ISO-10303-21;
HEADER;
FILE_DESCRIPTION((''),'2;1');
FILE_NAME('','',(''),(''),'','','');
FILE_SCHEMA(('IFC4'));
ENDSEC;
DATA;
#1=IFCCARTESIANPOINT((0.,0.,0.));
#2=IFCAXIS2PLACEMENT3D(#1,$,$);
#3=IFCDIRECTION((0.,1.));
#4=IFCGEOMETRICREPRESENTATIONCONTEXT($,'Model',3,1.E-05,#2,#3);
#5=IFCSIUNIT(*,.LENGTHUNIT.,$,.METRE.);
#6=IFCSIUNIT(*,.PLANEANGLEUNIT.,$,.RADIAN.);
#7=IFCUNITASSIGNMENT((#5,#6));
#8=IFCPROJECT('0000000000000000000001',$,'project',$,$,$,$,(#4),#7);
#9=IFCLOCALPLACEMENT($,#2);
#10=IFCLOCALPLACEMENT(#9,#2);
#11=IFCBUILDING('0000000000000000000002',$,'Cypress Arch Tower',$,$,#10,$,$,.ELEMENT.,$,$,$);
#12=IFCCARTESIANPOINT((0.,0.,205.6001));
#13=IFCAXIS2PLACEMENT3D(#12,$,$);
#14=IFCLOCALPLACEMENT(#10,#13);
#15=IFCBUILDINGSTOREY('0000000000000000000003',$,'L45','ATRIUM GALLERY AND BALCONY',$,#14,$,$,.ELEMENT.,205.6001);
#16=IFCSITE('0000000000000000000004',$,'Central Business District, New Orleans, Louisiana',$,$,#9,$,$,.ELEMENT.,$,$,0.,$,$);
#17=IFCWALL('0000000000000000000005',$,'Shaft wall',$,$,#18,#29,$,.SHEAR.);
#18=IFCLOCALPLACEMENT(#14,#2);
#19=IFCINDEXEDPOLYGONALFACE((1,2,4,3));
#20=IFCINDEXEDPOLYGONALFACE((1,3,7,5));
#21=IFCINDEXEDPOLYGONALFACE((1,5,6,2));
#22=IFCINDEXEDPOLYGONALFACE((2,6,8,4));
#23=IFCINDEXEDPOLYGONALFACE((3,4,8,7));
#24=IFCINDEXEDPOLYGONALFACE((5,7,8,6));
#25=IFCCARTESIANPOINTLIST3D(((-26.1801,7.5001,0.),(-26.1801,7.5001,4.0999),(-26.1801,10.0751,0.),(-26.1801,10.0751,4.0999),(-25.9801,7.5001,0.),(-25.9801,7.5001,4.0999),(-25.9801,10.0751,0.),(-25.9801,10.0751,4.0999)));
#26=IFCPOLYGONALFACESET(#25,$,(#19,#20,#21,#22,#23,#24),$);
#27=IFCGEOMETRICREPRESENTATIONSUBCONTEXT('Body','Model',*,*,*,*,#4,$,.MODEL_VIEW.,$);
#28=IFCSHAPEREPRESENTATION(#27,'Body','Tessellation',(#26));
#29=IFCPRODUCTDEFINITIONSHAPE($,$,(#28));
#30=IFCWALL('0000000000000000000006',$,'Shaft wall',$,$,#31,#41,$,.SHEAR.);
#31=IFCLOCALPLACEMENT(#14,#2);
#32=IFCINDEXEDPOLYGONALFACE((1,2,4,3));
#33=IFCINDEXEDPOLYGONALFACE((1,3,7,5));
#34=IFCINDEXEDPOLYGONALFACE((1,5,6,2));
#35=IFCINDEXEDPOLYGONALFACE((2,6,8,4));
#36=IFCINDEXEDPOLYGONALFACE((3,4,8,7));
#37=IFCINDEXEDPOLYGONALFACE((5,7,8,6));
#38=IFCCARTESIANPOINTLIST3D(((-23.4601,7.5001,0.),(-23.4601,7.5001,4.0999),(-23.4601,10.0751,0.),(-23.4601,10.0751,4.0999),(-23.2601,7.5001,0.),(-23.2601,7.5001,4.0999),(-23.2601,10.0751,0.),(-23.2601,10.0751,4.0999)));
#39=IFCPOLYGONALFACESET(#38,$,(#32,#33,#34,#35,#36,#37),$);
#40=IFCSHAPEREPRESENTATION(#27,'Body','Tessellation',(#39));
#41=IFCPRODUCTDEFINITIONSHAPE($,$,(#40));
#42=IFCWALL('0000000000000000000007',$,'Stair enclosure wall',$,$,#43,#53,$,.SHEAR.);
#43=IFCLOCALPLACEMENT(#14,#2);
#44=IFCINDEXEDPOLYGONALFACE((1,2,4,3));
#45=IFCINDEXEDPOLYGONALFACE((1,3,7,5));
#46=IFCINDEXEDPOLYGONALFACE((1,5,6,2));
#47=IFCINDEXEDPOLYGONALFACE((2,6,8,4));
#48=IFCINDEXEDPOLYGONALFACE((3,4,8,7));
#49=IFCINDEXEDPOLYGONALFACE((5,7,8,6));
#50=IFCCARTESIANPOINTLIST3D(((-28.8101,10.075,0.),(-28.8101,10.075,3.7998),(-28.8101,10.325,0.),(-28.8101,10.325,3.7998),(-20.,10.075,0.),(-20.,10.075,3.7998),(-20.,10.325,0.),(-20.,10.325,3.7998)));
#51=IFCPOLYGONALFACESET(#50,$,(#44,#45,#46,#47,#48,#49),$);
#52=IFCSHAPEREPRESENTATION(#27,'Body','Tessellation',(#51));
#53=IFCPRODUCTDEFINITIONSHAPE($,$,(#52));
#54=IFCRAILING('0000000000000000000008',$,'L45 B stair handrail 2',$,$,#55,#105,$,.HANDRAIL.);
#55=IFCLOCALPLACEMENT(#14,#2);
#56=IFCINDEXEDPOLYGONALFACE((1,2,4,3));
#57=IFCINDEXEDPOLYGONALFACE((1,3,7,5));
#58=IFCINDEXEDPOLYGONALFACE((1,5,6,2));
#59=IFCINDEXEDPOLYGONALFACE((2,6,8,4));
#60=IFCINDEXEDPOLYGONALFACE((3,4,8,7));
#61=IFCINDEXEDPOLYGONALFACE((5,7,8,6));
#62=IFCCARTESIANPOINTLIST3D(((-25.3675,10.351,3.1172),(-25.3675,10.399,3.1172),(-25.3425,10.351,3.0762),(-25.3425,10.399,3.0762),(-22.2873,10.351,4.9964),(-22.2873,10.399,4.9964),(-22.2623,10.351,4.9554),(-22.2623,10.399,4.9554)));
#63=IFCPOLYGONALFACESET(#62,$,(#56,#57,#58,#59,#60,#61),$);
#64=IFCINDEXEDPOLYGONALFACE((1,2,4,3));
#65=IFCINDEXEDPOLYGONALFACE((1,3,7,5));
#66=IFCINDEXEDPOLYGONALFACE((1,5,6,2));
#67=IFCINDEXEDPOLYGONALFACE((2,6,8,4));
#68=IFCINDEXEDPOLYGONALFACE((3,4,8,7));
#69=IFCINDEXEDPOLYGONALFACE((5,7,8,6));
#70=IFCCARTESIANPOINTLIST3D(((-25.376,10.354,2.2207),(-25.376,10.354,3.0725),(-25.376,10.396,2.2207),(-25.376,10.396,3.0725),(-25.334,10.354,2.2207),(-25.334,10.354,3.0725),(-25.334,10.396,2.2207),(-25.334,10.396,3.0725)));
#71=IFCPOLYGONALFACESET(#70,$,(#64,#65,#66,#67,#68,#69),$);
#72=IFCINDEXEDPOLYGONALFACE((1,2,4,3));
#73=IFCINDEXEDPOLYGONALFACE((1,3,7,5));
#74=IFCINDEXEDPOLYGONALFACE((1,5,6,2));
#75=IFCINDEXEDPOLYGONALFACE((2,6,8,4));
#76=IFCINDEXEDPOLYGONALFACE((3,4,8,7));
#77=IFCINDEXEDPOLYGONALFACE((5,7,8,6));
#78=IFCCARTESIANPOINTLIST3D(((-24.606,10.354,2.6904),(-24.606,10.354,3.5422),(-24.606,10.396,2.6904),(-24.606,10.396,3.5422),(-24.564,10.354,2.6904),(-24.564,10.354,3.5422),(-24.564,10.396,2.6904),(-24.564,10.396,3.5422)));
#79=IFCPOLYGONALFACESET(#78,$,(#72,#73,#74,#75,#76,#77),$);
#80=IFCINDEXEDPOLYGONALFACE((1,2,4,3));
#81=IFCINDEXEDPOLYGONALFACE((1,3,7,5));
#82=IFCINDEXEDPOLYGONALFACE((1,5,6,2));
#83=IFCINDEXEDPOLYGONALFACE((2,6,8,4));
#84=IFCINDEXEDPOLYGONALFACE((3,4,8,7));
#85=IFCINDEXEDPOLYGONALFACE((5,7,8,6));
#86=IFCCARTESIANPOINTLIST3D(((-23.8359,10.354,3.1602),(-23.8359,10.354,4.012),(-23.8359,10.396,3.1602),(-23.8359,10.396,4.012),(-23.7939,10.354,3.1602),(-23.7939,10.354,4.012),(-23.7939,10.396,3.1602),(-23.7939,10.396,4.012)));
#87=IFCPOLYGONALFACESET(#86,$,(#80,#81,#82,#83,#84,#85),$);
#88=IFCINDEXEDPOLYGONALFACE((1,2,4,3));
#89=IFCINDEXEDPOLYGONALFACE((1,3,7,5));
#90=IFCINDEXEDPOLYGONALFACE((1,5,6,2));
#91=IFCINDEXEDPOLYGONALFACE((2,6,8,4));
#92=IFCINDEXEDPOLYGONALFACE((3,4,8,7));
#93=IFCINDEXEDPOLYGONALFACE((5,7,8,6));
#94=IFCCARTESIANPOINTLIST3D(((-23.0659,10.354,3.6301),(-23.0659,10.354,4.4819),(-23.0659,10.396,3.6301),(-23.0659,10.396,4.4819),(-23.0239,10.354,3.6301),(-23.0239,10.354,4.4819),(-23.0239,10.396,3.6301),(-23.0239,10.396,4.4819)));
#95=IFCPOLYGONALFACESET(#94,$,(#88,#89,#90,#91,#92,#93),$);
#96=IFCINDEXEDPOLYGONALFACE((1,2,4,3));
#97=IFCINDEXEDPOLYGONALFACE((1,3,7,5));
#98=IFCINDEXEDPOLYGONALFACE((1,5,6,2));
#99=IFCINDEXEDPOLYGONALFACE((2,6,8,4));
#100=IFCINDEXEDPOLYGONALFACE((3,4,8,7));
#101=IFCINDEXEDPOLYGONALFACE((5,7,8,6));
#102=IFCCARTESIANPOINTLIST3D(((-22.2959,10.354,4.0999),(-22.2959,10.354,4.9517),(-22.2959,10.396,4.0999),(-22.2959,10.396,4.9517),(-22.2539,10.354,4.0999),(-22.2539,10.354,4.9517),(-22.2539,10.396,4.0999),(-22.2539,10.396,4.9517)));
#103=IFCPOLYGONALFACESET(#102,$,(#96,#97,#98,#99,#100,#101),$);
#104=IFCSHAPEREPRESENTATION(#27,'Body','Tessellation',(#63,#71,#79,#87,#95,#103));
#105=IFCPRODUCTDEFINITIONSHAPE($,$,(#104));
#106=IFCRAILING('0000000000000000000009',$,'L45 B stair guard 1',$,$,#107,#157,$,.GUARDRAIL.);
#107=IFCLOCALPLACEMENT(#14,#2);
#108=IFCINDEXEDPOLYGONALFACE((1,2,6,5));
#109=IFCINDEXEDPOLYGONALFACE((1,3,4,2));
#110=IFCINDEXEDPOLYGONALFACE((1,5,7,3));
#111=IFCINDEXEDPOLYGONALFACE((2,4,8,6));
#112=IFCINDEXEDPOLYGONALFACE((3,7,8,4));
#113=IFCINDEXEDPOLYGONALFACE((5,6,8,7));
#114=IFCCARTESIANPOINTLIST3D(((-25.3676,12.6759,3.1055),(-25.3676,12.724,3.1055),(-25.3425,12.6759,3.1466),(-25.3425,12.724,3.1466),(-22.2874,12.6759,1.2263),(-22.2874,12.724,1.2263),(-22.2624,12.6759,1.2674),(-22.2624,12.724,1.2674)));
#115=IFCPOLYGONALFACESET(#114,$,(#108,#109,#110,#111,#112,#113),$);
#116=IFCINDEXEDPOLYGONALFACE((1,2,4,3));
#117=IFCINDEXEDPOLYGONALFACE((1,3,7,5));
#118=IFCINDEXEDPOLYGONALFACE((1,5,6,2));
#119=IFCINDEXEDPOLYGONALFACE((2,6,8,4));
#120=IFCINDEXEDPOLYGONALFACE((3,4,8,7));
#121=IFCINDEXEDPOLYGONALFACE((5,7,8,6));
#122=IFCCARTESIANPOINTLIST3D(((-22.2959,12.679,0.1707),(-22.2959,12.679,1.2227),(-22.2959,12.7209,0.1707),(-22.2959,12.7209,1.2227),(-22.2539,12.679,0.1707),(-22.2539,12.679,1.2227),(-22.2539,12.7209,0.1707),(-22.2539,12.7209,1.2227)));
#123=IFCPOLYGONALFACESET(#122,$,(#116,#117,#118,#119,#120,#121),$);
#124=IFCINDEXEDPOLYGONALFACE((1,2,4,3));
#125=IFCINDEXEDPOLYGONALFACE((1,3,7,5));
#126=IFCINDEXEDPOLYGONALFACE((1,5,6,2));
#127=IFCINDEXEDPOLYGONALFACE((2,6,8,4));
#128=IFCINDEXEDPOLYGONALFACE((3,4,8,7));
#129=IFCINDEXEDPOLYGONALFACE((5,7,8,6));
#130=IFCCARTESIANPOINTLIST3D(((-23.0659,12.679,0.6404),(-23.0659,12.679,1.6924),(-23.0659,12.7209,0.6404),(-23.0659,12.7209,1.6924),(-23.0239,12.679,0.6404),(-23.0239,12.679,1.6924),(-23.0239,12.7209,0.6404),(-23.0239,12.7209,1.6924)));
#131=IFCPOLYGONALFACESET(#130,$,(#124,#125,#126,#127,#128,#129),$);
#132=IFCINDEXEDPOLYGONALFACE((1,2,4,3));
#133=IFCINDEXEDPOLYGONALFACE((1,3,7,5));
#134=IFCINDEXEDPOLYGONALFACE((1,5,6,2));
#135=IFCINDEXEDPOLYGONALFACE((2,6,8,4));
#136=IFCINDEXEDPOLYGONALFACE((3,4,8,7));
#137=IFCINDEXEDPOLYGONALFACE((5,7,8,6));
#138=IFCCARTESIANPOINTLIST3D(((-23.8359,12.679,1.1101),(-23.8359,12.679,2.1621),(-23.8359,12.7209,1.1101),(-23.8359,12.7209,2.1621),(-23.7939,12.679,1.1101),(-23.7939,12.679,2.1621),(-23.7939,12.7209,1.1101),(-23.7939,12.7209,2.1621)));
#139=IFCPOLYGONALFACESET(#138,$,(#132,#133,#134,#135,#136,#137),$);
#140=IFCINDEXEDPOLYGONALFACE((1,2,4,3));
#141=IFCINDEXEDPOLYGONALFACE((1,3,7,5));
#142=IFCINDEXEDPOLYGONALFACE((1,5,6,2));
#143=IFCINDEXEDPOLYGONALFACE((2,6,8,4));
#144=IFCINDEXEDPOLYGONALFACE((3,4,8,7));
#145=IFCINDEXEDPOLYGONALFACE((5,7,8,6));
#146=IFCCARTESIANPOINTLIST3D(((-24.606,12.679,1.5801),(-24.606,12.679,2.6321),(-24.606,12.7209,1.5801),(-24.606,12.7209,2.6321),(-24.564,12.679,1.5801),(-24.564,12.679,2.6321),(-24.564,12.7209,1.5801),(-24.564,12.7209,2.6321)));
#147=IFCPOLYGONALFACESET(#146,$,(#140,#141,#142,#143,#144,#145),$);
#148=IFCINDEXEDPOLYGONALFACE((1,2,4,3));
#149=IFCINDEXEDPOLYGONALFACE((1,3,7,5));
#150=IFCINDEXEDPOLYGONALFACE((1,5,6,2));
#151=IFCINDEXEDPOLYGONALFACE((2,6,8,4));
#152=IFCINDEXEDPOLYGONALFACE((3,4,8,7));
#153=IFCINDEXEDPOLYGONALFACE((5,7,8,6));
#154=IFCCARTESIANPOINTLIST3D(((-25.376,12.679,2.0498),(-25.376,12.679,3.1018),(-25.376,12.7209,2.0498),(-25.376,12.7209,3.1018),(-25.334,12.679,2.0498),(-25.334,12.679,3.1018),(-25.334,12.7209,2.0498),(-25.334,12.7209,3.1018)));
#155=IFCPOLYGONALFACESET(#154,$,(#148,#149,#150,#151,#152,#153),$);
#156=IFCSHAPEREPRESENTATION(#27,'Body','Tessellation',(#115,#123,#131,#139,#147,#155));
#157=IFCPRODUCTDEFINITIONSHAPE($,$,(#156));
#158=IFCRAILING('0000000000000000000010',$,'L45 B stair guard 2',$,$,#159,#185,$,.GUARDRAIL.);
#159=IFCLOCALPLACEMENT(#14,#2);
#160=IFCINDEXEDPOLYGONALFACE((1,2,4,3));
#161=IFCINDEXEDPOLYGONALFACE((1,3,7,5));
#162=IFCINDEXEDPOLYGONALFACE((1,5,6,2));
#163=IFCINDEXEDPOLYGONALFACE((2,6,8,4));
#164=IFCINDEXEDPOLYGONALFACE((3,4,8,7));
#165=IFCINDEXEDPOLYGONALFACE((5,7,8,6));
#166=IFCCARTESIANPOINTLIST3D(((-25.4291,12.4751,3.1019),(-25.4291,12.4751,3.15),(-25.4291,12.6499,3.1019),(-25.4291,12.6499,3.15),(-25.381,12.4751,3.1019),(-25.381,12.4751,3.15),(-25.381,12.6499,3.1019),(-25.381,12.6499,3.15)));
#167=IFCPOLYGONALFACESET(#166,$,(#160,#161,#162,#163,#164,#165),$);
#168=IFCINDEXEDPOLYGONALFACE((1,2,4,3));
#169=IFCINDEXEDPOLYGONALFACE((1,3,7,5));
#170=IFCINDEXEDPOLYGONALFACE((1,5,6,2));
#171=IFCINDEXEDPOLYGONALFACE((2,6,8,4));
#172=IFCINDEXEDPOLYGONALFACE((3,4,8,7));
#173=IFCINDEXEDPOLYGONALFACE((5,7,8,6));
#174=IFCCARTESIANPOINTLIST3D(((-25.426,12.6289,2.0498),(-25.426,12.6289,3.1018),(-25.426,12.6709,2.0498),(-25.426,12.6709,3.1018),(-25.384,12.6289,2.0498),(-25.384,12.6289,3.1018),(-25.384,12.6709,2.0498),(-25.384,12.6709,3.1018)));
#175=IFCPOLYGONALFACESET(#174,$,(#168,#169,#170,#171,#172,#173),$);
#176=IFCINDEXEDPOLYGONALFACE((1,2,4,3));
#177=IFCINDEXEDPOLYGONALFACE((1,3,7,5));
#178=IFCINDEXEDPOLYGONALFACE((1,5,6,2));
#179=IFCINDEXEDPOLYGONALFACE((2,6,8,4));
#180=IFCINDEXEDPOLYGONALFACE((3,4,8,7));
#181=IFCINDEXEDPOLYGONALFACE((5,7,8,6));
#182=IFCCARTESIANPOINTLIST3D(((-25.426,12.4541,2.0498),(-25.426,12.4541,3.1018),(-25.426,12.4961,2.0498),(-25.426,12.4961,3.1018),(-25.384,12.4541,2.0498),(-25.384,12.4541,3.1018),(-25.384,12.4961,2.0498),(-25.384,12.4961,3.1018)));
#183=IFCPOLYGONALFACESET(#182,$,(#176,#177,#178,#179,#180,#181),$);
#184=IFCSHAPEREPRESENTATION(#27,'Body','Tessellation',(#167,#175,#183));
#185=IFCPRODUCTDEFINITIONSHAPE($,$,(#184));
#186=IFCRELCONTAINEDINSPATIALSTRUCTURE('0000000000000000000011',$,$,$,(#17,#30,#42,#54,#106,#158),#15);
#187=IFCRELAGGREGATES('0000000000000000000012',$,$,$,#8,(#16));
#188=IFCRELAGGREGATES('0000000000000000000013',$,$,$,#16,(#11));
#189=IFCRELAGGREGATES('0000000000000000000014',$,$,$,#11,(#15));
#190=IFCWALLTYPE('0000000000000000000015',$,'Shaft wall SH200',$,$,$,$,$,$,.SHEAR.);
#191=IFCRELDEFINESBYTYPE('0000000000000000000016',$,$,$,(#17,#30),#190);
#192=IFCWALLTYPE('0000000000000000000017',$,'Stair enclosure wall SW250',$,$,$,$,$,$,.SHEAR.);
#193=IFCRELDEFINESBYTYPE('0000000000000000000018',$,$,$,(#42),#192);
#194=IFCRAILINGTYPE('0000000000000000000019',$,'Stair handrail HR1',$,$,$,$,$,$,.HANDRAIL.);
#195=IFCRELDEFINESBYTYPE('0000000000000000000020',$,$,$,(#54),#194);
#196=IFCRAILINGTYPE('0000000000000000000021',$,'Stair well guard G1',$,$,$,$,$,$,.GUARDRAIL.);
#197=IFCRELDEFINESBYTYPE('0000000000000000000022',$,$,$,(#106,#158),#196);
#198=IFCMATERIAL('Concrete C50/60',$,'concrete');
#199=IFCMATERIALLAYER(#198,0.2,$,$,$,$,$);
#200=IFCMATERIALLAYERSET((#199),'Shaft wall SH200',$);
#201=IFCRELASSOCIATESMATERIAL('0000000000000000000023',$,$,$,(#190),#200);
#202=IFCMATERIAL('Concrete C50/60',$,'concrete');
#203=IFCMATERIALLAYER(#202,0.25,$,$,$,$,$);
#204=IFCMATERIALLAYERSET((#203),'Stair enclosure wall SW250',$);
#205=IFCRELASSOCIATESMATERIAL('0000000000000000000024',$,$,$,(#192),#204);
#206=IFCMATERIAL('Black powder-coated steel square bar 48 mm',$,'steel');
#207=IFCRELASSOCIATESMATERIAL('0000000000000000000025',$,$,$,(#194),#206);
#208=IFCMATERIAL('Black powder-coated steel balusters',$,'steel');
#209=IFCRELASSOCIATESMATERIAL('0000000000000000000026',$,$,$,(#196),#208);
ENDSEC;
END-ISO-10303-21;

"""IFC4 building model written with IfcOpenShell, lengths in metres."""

from ifc_helpers import new_model, si_unit, direction, frame, frame_2d, origin, origin_2d, place, context, subcontext, project, spatial, rectangle, extrude, material, layer, layer_set, type_object, element, save


model = new_model("IFC4")

# Units and contexts
model_context = context("Model", 3, precision=1e-05, world=origin(), true_north=direction((0.0, 1.0)))
body_context = subcontext(model_context, "Body", "Model", "MODEL_VIEW")
ifc_project = project(units=[si_unit("LENGTHUNIT", "METRE"), si_unit("PLANEANGLEUNIT", "RADIAN")], contexts=[model_context])

# Site, building, storey
site_placement = place(None, origin())
site = spatial("IfcSite", under=ifc_project, at=site_placement, Name="Central Business District, New Orleans, Louisiana", CompositionType="ELEMENT", RefElevation=0.0)
building_placement = place(site_placement, origin())
building = spatial("IfcBuilding", under=site, at=building_placement, Name="Cypress Arch Tower", CompositionType="ELEMENT")
storey_placement = place(building_placement, frame((0.0, 0.0, 205.6001)))
storey = spatial("IfcBuildingStorey", under=building, at=storey_placement, Name="L45", Description="ATRIUM GALLERY AND BALCONY", CompositionType="ELEMENT", Elevation=205.6001)

# Shared definitions
ifc_material_1 = material(Name="Concrete C50/60", Category="concrete")
ifc_layer_1 = layer(ifc_material_1, 0.2)
ifc_layer_set_1 = layer_set([ifc_layer_1], Name="Shaft wall SH200")
wall_type_1 = type_object("IfcWallType", Name="Shaft wall SH200", PredefinedType="SHEAR", material=ifc_layer_set_1)

# Walls
for number, where, z_axis, x_axis, name in (
    (1, (-26.0801, 7.5, 0.0), (0.0, 0.0, 1.0), (0.0, 1.0, 0.0), "Shaft wall"),
    (2, (-23.3601, 7.5, 0.0), (0.0, 0.0, 1.0), (0.0, 1.0, 0.0), "Shaft wall"),
):
    element("IfcWall", number, at=place(storey_placement, frame(where, z_axis=z_axis, x_axis=x_axis)), inside=storey, type_object=wall_type_1, Name=name, PredefinedType="SHEAR", context=body_context, shape_type="SweptSolid", body=[
        extrude(rectangle(XDim=2.575, YDim=0.2, at=frame_2d((1.2876, 0.0))), origin(), (0.0, 0.0, 1.0), 4.0999),
    ])
ifc_material_2 = material(Name="Concrete C50/60", Category="concrete")
ifc_layer_2 = layer(ifc_material_2, 0.25)
ifc_layer_set_2 = layer_set([ifc_layer_2], Name="Stair enclosure wall SW250")
wall_type_2 = type_object("IfcWallType", Name="Stair enclosure wall SW250", PredefinedType="SHEAR", material=ifc_layer_set_2)
wall_1_placement = place(storey_placement, frame((-28.8101, 10.2, 0.0), z_axis=(0.0, 0.0, 1.0), x_axis=(1.0, 0.0, 0.0)))
element("IfcWall", 3, at=wall_1_placement, inside=storey, type_object=wall_type_2, Name="Stair enclosure wall", PredefinedType="SHEAR", context=body_context, shape_type="SweptSolid", body=[
    extrude(rectangle(XDim=8.8101, YDim=0.25, at=frame_2d((4.405, 0.0))), origin(), (0.0, 0.0, 1.0), 3.7998),
])

# Railings
ifc_material_3 = material(Name="Black powder-coated steel square bar 48 mm", Category="steel")
railing_type_1 = type_object("IfcRailingType", Name="Stair handrail HR1", PredefinedType="HANDRAIL", material=ifc_material_3)
railing_1_placement = place(storey_placement, frame((-25.355, 10.375, 2.2207)))
element("IfcRailing", 4, at=railing_1_placement, inside=storey, type_object=railing_type_1, Name="L45 B stair handrail 2", PredefinedType="HANDRAIL", context=body_context, shape_type="SweptSolid", body=[
    extrude(rectangle(XDim=0.0481, YDim=0.0481, at=origin_2d()), frame((0.0, 0.0, 0.876), z_axis=(0.853666, 0.0, 0.52082), x_axis=(0.0, 1.0, 0.0)), (0.0, 0.0, 1.0), 3.6082),
    extrude(rectangle(XDim=0.042, YDim=0.042, at=origin_2d()), origin(), (0.0, 0.0, 1.0), 0.8518),
    extrude(rectangle(XDim=0.042, YDim=0.042, at=origin_2d()), frame((0.77, 0.0, 0.4697)), (0.0, 0.0, 1.0), 0.8518),
    extrude(rectangle(XDim=0.042, YDim=0.042, at=origin_2d()), frame((1.54, 0.0, 0.9395)), (0.0, 0.0, 1.0), 0.8518),
    extrude(rectangle(XDim=0.042, YDim=0.042, at=origin_2d()), frame((2.3101, 0.0, 1.4094)), (0.0, 0.0, 1.0), 0.8518),
    extrude(rectangle(XDim=0.042, YDim=0.042, at=origin_2d()), frame((3.0801, 0.0, 1.8792)), (0.0, 0.0, 1.0), 0.8518),
])
ifc_material_4 = material(Name="Black powder-coated steel balusters", Category="steel")
railing_type_2 = type_object("IfcRailingType", Name="Stair well guard G1", PredefinedType="GUARDRAIL", material=ifc_material_4)
railing_2_placement = place(storey_placement, frame((-22.2749, 12.7, 0.1707)))
element("IfcRailing", 5, at=railing_2_placement, inside=storey, type_object=railing_type_2, Name="L45 B stair guard 1", PredefinedType="GUARDRAIL", context=body_context, shape_type="SweptSolid", body=[
    extrude(rectangle(XDim=0.0481, YDim=0.0481, at=origin_2d()), frame((0.0, 0.0, 1.0762), z_axis=(-0.853666, 0.0, 0.52082), x_axis=(0.0, -1.0, 0.0)), (0.0, 0.0, 1.0), 3.6082),
    extrude(rectangle(XDim=0.042, YDim=0.042, at=origin_2d()), origin(), (0.0, 0.0, 1.0), 1.052),
    extrude(rectangle(XDim=0.042, YDim=0.042, at=origin_2d()), frame((-0.77, 0.0, 0.4697)), (0.0, 0.0, 1.0), 1.052),
    extrude(rectangle(XDim=0.042, YDim=0.042, at=origin_2d()), frame((-1.54, 0.0, 0.9395)), (0.0, 0.0, 1.0), 1.052),
    extrude(rectangle(XDim=0.042, YDim=0.042, at=origin_2d()), frame((-2.3101, 0.0, 1.4094)), (0.0, 0.0, 1.0), 1.052),
    extrude(rectangle(XDim=0.042, YDim=0.042, at=origin_2d()), frame((-3.0801, 0.0, 1.8792)), (0.0, 0.0, 1.0), 1.052),
])
railing_3_placement = place(storey_placement, frame((-25.405, 12.6499, 2.0498)))
element("IfcRailing", 6, at=railing_3_placement, inside=storey, type_object=railing_type_2, Name="L45 B stair guard 2", PredefinedType="GUARDRAIL", context=body_context, shape_type="SweptSolid", body=[
    extrude(rectangle(XDim=0.0481, YDim=0.0481, at=origin_2d()), frame((0.0, 0.0, 1.0762), z_axis=(0.0, -1.0, 0.0), x_axis=(1.0, 0.0, 0.0)), (0.0, 0.0, 1.0), 0.1748),
    extrude(rectangle(XDim=0.042, YDim=0.042, at=origin_2d()), origin(), (0.0, 0.0, 1.0), 1.052),
    extrude(rectangle(XDim=0.042, YDim=0.042, at=origin_2d()), frame((0.0, -0.1748, 0.0)), (0.0, 0.0, 1.0), 1.052),
])

save(model, "model.ifc")
